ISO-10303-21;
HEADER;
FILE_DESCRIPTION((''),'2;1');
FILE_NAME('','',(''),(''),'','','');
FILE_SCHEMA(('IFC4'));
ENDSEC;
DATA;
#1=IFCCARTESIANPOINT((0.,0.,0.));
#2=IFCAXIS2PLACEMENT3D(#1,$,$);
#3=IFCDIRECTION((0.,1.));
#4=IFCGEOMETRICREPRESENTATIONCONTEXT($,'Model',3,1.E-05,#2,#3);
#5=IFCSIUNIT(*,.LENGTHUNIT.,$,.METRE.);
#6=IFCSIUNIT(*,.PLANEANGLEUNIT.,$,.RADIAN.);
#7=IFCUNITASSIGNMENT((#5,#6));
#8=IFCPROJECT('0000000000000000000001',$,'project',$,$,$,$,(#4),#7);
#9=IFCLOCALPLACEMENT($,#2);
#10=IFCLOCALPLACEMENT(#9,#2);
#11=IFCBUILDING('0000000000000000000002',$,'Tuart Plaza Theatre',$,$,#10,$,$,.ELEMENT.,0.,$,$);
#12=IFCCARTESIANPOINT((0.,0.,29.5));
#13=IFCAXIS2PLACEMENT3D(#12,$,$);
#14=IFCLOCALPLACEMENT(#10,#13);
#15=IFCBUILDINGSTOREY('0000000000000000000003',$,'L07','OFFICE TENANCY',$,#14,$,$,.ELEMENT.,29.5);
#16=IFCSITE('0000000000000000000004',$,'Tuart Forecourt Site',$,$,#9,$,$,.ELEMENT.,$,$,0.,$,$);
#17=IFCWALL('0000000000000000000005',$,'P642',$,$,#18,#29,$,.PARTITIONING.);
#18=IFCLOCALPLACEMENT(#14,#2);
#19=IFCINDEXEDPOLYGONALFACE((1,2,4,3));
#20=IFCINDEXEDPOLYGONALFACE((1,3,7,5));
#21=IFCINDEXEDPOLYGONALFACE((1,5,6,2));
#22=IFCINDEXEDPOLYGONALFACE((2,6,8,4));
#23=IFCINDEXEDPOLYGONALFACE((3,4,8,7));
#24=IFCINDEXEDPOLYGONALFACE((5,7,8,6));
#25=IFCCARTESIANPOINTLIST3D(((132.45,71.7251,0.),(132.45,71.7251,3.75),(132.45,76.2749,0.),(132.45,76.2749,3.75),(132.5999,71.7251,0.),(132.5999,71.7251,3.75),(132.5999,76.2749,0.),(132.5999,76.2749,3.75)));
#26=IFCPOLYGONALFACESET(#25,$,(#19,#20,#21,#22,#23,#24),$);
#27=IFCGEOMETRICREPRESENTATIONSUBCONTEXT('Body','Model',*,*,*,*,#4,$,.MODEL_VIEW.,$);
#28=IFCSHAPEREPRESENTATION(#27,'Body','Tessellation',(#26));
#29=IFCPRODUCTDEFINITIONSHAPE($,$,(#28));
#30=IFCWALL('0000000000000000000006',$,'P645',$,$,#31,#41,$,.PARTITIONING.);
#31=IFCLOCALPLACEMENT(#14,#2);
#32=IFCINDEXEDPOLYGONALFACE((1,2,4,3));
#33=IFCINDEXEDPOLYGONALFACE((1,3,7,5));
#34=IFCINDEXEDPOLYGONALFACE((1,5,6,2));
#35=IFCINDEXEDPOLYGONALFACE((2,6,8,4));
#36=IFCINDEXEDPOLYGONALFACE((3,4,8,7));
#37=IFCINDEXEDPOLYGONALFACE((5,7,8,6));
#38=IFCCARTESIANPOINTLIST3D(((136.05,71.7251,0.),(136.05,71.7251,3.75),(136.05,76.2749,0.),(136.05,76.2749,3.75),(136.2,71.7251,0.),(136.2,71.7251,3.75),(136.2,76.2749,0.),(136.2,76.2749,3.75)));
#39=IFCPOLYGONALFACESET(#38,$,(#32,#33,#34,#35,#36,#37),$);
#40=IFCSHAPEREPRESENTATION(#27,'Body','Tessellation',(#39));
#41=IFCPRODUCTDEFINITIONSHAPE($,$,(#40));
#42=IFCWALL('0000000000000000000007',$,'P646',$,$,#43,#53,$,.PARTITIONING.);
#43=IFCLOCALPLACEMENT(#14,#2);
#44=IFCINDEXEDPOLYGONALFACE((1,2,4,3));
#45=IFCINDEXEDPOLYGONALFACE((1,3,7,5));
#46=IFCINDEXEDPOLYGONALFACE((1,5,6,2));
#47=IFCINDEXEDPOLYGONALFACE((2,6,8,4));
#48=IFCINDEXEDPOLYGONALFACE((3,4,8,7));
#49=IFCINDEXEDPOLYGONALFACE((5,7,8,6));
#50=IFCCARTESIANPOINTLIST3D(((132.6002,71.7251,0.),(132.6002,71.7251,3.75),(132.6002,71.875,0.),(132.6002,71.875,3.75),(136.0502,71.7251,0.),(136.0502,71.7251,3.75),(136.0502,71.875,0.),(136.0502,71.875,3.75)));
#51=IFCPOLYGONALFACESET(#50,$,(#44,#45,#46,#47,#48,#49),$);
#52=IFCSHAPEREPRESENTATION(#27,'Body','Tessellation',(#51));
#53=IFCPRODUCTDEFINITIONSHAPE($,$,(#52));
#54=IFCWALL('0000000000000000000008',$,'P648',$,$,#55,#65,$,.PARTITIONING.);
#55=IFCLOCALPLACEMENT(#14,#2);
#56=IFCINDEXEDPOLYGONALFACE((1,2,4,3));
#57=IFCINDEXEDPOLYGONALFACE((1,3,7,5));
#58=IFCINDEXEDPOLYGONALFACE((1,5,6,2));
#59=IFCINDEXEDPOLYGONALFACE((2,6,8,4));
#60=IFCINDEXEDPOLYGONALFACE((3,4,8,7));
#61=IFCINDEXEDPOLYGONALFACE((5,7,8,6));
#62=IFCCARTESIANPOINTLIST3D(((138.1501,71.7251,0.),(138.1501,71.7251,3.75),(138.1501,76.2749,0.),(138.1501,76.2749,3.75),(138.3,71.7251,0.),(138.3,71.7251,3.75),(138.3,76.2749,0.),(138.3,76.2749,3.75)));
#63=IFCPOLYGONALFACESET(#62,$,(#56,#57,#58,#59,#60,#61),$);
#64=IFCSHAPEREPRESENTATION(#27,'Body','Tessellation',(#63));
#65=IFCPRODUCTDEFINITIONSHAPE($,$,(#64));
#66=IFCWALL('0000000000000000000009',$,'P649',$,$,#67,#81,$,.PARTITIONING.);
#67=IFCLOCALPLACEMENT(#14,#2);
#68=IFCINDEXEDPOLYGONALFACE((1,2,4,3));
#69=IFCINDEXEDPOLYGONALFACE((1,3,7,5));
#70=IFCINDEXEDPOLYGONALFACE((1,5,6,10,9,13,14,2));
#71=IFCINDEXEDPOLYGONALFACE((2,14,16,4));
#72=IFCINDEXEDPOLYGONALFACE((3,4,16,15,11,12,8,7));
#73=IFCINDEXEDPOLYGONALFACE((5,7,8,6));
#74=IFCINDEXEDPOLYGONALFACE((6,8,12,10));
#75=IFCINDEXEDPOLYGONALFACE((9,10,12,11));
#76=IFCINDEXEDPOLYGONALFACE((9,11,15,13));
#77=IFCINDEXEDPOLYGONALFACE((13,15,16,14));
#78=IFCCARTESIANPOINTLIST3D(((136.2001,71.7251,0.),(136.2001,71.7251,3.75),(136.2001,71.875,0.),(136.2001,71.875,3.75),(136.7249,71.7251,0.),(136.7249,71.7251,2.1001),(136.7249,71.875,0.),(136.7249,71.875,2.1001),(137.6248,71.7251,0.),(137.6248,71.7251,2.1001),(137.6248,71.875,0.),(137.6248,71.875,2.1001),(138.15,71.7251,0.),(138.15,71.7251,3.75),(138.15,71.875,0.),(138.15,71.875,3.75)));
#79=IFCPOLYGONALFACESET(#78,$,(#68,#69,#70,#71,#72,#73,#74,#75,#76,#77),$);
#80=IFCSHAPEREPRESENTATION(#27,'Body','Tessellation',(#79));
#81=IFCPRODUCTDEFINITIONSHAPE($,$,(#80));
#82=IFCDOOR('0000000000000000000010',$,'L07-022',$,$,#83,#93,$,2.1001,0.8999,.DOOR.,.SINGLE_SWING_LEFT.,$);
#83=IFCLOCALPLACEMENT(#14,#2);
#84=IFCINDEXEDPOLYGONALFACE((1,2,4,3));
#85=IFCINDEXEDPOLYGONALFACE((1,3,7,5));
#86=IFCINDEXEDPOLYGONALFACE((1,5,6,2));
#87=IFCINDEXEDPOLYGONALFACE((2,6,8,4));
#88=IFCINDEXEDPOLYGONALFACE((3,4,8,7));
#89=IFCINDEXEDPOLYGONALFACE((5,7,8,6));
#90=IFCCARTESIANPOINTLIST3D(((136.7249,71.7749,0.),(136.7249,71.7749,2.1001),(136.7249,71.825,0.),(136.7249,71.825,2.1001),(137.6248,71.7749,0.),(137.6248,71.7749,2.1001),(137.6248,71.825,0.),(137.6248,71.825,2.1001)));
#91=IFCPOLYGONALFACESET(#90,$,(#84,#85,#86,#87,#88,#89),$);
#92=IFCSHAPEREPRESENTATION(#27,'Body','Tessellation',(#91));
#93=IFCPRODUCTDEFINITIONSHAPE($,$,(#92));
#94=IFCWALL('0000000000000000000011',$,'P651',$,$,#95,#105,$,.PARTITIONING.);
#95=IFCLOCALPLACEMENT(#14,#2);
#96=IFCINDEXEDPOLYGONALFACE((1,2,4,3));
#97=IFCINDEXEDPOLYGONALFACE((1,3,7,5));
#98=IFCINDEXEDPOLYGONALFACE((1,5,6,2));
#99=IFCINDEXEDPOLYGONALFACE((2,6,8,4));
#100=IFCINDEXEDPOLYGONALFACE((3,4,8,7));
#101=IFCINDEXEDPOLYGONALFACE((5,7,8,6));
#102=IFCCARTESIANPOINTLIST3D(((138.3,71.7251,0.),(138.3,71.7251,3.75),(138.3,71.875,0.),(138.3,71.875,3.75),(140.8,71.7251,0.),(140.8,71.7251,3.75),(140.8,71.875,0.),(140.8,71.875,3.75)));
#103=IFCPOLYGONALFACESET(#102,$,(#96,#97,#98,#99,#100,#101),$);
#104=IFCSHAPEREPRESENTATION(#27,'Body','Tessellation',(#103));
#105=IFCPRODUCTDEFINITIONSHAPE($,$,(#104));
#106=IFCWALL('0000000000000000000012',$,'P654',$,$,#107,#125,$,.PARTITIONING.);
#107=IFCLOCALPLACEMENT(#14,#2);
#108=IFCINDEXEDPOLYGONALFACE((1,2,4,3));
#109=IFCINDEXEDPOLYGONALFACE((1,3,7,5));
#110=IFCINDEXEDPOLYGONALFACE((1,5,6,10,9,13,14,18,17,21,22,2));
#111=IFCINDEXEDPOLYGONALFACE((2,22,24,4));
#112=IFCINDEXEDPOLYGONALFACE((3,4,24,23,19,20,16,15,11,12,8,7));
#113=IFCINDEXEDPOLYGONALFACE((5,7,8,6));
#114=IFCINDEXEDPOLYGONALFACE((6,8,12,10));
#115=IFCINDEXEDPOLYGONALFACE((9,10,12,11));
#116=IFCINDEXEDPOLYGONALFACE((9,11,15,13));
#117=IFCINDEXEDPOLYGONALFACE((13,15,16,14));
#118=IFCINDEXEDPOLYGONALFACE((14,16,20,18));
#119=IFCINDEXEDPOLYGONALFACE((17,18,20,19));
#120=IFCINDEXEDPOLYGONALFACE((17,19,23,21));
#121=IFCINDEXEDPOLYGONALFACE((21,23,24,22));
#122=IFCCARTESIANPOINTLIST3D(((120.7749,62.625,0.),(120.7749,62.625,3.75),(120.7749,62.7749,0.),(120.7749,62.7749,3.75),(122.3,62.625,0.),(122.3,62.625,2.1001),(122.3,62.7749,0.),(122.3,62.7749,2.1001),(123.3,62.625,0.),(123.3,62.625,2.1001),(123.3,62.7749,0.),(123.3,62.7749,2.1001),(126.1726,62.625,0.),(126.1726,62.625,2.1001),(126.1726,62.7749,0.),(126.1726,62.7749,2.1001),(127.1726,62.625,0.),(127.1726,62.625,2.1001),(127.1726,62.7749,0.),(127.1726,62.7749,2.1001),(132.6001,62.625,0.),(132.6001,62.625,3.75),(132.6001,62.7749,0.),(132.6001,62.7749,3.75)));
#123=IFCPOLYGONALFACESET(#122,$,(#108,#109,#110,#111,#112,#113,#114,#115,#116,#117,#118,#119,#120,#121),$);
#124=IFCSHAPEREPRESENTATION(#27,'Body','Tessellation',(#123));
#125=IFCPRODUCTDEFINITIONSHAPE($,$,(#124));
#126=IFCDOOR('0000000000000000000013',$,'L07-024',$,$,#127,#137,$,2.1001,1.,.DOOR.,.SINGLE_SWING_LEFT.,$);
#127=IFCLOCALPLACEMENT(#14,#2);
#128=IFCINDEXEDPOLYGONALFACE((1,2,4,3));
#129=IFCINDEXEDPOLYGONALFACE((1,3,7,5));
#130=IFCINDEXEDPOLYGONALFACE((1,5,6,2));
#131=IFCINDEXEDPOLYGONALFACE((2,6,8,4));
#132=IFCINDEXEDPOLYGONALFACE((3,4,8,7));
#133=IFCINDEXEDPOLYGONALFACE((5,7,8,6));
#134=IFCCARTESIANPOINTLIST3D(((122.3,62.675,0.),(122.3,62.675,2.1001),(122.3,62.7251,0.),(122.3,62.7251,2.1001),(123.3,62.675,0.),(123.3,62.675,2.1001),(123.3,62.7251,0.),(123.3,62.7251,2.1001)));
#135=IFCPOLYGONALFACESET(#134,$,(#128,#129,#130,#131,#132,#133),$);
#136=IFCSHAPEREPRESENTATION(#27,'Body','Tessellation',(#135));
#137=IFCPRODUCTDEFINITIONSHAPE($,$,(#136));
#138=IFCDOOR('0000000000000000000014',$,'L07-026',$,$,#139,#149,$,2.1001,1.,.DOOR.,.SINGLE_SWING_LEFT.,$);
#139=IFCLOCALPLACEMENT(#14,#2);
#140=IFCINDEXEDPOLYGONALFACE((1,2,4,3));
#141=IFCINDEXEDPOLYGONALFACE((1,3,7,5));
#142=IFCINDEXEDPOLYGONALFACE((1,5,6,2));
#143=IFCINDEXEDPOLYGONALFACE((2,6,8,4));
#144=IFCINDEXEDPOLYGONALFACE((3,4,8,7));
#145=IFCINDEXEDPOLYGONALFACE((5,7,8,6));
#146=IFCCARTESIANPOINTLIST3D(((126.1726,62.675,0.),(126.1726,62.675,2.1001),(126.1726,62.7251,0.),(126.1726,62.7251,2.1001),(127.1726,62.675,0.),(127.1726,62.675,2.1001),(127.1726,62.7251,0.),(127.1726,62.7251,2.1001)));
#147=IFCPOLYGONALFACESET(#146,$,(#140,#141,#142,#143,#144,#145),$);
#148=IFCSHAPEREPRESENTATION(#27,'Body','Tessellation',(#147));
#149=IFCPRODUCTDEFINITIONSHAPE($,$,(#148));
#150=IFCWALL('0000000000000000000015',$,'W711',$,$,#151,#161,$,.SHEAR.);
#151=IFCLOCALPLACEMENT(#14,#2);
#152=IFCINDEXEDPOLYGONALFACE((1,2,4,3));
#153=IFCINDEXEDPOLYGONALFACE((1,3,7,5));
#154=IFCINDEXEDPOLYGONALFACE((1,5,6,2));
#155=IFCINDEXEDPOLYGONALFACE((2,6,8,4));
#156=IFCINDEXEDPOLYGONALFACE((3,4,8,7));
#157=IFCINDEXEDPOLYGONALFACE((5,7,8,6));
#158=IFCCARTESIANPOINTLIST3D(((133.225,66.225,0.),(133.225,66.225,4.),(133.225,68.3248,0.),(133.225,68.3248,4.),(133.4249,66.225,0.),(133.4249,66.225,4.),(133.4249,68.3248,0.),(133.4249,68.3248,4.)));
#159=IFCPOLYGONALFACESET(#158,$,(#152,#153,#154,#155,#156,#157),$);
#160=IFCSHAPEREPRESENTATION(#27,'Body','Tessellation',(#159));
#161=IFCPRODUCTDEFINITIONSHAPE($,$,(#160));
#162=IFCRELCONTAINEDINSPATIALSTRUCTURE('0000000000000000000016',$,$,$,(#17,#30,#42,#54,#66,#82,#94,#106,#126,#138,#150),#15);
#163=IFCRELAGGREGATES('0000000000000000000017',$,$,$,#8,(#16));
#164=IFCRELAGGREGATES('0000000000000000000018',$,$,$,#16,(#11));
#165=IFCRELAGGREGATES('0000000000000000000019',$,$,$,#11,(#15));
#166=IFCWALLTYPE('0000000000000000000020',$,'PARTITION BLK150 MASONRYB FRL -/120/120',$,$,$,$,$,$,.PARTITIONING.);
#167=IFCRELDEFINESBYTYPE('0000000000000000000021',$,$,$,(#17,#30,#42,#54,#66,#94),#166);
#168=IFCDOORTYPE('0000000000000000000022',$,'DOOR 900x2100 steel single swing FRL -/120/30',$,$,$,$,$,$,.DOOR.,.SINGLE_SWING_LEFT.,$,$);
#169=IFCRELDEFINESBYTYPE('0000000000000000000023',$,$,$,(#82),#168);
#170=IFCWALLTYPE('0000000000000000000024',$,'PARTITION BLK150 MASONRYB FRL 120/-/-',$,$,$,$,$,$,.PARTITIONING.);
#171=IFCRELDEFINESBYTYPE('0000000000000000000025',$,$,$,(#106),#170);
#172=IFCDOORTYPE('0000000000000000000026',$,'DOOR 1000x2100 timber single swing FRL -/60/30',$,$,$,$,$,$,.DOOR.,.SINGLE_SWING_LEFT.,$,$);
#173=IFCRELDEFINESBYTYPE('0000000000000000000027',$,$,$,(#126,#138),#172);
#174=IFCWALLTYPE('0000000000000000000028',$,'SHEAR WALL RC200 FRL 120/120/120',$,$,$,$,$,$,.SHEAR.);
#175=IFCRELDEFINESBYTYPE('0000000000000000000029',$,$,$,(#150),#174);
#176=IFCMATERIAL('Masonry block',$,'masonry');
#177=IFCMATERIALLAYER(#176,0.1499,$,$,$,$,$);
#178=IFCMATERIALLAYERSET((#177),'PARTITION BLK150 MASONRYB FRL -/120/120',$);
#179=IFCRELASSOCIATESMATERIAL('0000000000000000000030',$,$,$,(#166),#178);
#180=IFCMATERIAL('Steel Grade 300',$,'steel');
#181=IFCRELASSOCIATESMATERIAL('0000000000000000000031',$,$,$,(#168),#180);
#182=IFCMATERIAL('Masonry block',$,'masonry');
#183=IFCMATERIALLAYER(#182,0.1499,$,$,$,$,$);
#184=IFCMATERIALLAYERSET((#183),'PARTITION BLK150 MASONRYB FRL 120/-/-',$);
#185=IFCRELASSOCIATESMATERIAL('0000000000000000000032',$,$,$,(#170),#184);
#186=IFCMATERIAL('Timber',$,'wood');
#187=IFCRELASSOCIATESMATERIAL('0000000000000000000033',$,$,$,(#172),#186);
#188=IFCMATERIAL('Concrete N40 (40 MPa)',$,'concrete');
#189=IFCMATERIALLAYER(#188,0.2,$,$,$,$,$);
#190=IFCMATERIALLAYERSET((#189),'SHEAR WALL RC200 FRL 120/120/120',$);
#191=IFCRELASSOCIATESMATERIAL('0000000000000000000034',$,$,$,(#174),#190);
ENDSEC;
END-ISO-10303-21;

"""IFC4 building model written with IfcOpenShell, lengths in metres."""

from ifc_helpers import new_model, si_unit, direction, frame, frame_2d, origin, place, context, subcontext, project, spatial, rectangle, extrude, material, layer, layer_set, type_object, element, fill, save


model = new_model("IFC4")

# Units and contexts
model_context = context("Model", 3, precision=1e-05, world=origin(), true_north=direction((0.0, 1.0)))
body_context = subcontext(model_context, "Body", "Model", "MODEL_VIEW")
ifc_project = project(units=[si_unit("LENGTHUNIT", "METRE"), si_unit("PLANEANGLEUNIT", "RADIAN")], contexts=[model_context])

# Site, building, storey
site_placement = place(None, origin())
site = spatial("IfcSite", under=ifc_project, at=site_placement, Name="Tuart Forecourt Site", CompositionType="ELEMENT", RefElevation=0.0)
building_placement = place(site_placement, origin())
building = spatial("IfcBuilding", under=site, at=building_placement, Name="Tuart Plaza Theatre", CompositionType="ELEMENT", ElevationOfRefHeight=0.0)
storey_placement = place(building_placement, frame((0.0, 0.0, 29.5)))
storey = spatial("IfcBuildingStorey", under=building, at=storey_placement, Name="L07", Description="OFFICE TENANCY", CompositionType="ELEMENT", Elevation=29.5)

# Walls
ifc_material_1 = material(Name="Masonry block", Category="masonry")
ifc_layer_1 = layer(ifc_material_1, 0.1499)
ifc_layer_set_1 = layer_set([ifc_layer_1], Name="PARTITION BLK150 MASONRYB FRL -/120/120")
wall_type_1 = type_object("IfcWallType", Name="PARTITION BLK150 MASONRYB FRL -/120/120", PredefinedType="PARTITIONING", material=ifc_layer_set_1)
for number, where, z_axis, x_axis, name in (
    (1, (132.5249, 71.7251, 0.0), (0.0, 0.0, 1.0), (0.0, 1.0, 0.0), "P642"),
    (2, (136.125, 71.7251, 0.0), (0.0, 0.0, 1.0), (0.0, 1.0, 0.0), "P645"),
):
    element("IfcWall", number, at=place(storey_placement, frame(where, z_axis=z_axis, x_axis=x_axis)), inside=storey, type_object=wall_type_1, Name=name, PredefinedType="PARTITIONING", context=body_context, shape_type="SweptSolid", body=[
        extrude(rectangle(XDim=4.5498, YDim=0.1499, at=frame_2d((2.2749, 0.0))), origin(), (0.0, 0.0, 1.0), 3.75),
    ])
wall_1_placement = place(storey_placement, frame((132.6001, 71.8, 0.0), z_axis=(0.0, 0.0, 1.0), x_axis=(1.0, 0.0, 0.0)))
element("IfcWall", 3, at=wall_1_placement, inside=storey, type_object=wall_type_1, Name="P646", PredefinedType="PARTITIONING", context=body_context, shape_type="SweptSolid", body=[
    extrude(rectangle(XDim=3.45, YDim=0.1499, at=frame_2d((1.7251, 0.0))), origin(), (0.0, 0.0, 1.0), 3.75),
])
wall_2_placement = place(storey_placement, frame((138.2251, 71.7251, 0.0), z_axis=(0.0, 0.0, 1.0), x_axis=(0.0, 1.0, 0.0)))
element("IfcWall", 4, at=wall_2_placement, inside=storey, type_object=wall_type_1, Name="P648", PredefinedType="PARTITIONING", context=body_context, shape_type="SweptSolid", body=[
    extrude(rectangle(XDim=4.5498, YDim=0.1499, at=frame_2d((2.2749, 0.0))), origin(), (0.0, 0.0, 1.0), 3.75),
])

# Wall, opening, door
wall_3_placement = place(storey_placement, frame((136.2, 71.8, 0.0), z_axis=(0.0, 0.0, 1.0), x_axis=(1.0, 0.0, 0.0)))
wall_3 = element("IfcWall", 5, at=wall_3_placement, inside=storey, type_object=wall_type_1, Name="P649", PredefinedType="PARTITIONING", context=body_context, shape_type="SweptSolid", body=[
    extrude(rectangle(XDim=1.95, YDim=0.1499, at=frame_2d((0.9751, 0.0))), origin(), (0.0, 0.0, 1.0), 3.75),
])
opening_1_placement = place(wall_3_placement, frame((0.5249, 0.0, 0.0)))
opening_1 = element("IfcOpeningElement", 6, at=opening_1_placement, cuts=wall_3, PredefinedType="OPENING", context=body_context, shape_type="SweptSolid", body=[
    extrude(rectangle(XDim=0.8999, YDim=2.1001, at=frame_2d((0.45, 1.05))), frame((0.0, 0.085, 0.0), z_axis=(0.0, -1.0, 0.0), x_axis=(1.0, 0.0, 0.0)), (0.0, 0.0, 1.0), 0.1699),
])
ifc_material_2 = material(Name="Steel Grade 300", Category="steel")
door_type_1 = type_object("IfcDoorType", Name="DOOR 900x2100 steel single swing FRL -/120/30", OperationType="SINGLE_SWING_LEFT", PredefinedType="DOOR", material=ifc_material_2)
door_1_placement = place(opening_1_placement, origin())
door_1 = element("IfcDoor", 7, at=door_1_placement, inside=storey, type_object=door_type_1, Name="L07-022", OperationType="SINGLE_SWING_LEFT", OverallHeight=2.1001, OverallWidth=0.8999, PredefinedType="DOOR", context=body_context, shape_type="SweptSolid", body=[
    extrude(rectangle(XDim=0.8999, YDim=2.1001, at=frame_2d((0.45, 1.05))), frame((0.0, 0.0249, 0.0), z_axis=(0.0, -1.0, 0.0), x_axis=(1.0, 0.0, 0.0)), (0.0, 0.0, 1.0), 0.05),
])
fill(opening_1, door_1)

# Wall
wall_4_placement = place(storey_placement, frame((138.3, 71.8, 0.0), z_axis=(0.0, 0.0, 1.0), x_axis=(1.0, 0.0, 0.0)))
element("IfcWall", 8, at=wall_4_placement, inside=storey, type_object=wall_type_1, Name="P651", PredefinedType="PARTITIONING", context=body_context, shape_type="SweptSolid", body=[
    extrude(rectangle(XDim=2.5, YDim=0.1499, at=frame_2d((1.25, 0.0))), origin(), (0.0, 0.0, 1.0), 3.75),
])

# Wall, openings, doors
ifc_material_3 = material(Name="Masonry block", Category="masonry")
ifc_layer_2 = layer(ifc_material_3, 0.1499)
ifc_layer_set_2 = layer_set([ifc_layer_2], Name="PARTITION BLK150 MASONRYB FRL 120/-/-")
wall_type_2 = type_object("IfcWallType", Name="PARTITION BLK150 MASONRYB FRL 120/-/-", PredefinedType="PARTITIONING", material=ifc_layer_set_2)
wall_5_placement = place(storey_placement, frame((132.6001, 62.7, 0.0), z_axis=(0.0, 0.0, 1.0), x_axis=(-1.0, 0.0, 0.0)))
wall_5 = element("IfcWall", 9, at=wall_5_placement, inside=storey, type_object=wall_type_2, Name="P654", PredefinedType="PARTITIONING", context=body_context, shape_type="SweptSolid", body=[
    extrude(rectangle(XDim=11.8252, YDim=0.1499, at=frame_2d((5.9126, 0.0))), origin(), (0.0, 0.0, 1.0), 3.75),
])
opening_2_placement = place(wall_5_placement, frame((9.3, 0.0, 0.0)))
opening_2 = element("IfcOpeningElement", 10, at=opening_2_placement, cuts=wall_5, PredefinedType="OPENING", context=body_context, shape_type="SweptSolid", body=[
    extrude(rectangle(XDim=1.0, YDim=2.1001, at=frame_2d((0.5, 1.05))), frame((0.0, 0.085, 0.0), z_axis=(0.0, -1.0, 0.0), x_axis=(1.0, 0.0, 0.0)), (0.0, 0.0, 1.0), 0.1699),
])
opening_3_placement = place(wall_5_placement, frame((5.4275, 0.0, 0.0)))
opening_3 = element("IfcOpeningElement", 11, at=opening_3_placement, cuts=wall_5, PredefinedType="OPENING", context=body_context, shape_type="SweptSolid", body=[
    extrude(rectangle(XDim=1.0, YDim=2.1001, at=frame_2d((0.5, 1.05))), frame((0.0, 0.085, 0.0), z_axis=(0.0, -1.0, 0.0), x_axis=(1.0, 0.0, 0.0)), (0.0, 0.0, 1.0), 0.1699),
])
ifc_material_4 = material(Name="Timber", Category="wood")
door_type_2 = type_object("IfcDoorType", Name="DOOR 1000x2100 timber single swing FRL -/60/30", OperationType="SINGLE_SWING_LEFT", PredefinedType="DOOR", material=ifc_material_4)
door_2_placement = place(opening_2_placement, origin())
door_2 = element("IfcDoor", 12, at=door_2_placement, inside=storey, type_object=door_type_2, Name="L07-024", OperationType="SINGLE_SWING_LEFT", OverallHeight=2.1001, OverallWidth=1.0, PredefinedType="DOOR", context=body_context, shape_type="SweptSolid", body=[
    extrude(rectangle(XDim=1.0, YDim=2.1001, at=frame_2d((0.5, 1.05))), frame((0.0, 0.0249, 0.0), z_axis=(0.0, -1.0, 0.0), x_axis=(1.0, 0.0, 0.0)), (0.0, 0.0, 1.0), 0.05),
])
fill(opening_2, door_2)
door_3_placement = place(opening_3_placement, origin())
door_3 = element("IfcDoor", 13, at=door_3_placement, inside=storey, type_object=door_type_2, Name="L07-026", OperationType="SINGLE_SWING_LEFT", OverallHeight=2.1001, OverallWidth=1.0, PredefinedType="DOOR", context=body_context, shape_type="SweptSolid", body=[
    extrude(rectangle(XDim=1.0, YDim=2.1001, at=frame_2d((0.5, 1.05))), frame((0.0, 0.0249, 0.0), z_axis=(0.0, -1.0, 0.0), x_axis=(1.0, 0.0, 0.0)), (0.0, 0.0, 1.0), 0.05),
])
fill(opening_3, door_3)

# Wall
ifc_material_5 = material(Name="Concrete N40 (40 MPa)", Category="concrete")
ifc_layer_3 = layer(ifc_material_5, 0.2)
ifc_layer_set_3 = layer_set([ifc_layer_3], Name="SHEAR WALL RC200 FRL 120/120/120")
wall_type_3 = type_object("IfcWallType", Name="SHEAR WALL RC200 FRL 120/120/120", PredefinedType="SHEAR", material=ifc_layer_set_3)
wall_6_placement = place(storey_placement, frame((133.325, 66.2251, 0.0), z_axis=(0.0, 0.0, 1.0), x_axis=(0.0, 1.0, 0.0)))
element("IfcWall", 14, at=wall_6_placement, inside=storey, type_object=wall_type_3, Name="W711", PredefinedType="SHEAR", context=body_context, shape_type="SweptSolid", body=[
    extrude(rectangle(XDim=2.0999, YDim=0.2, at=frame_2d((1.0498, 0.0))), origin(), (0.0, 0.0, 1.0), 4.0),
])

save(model, "model.ifc")
